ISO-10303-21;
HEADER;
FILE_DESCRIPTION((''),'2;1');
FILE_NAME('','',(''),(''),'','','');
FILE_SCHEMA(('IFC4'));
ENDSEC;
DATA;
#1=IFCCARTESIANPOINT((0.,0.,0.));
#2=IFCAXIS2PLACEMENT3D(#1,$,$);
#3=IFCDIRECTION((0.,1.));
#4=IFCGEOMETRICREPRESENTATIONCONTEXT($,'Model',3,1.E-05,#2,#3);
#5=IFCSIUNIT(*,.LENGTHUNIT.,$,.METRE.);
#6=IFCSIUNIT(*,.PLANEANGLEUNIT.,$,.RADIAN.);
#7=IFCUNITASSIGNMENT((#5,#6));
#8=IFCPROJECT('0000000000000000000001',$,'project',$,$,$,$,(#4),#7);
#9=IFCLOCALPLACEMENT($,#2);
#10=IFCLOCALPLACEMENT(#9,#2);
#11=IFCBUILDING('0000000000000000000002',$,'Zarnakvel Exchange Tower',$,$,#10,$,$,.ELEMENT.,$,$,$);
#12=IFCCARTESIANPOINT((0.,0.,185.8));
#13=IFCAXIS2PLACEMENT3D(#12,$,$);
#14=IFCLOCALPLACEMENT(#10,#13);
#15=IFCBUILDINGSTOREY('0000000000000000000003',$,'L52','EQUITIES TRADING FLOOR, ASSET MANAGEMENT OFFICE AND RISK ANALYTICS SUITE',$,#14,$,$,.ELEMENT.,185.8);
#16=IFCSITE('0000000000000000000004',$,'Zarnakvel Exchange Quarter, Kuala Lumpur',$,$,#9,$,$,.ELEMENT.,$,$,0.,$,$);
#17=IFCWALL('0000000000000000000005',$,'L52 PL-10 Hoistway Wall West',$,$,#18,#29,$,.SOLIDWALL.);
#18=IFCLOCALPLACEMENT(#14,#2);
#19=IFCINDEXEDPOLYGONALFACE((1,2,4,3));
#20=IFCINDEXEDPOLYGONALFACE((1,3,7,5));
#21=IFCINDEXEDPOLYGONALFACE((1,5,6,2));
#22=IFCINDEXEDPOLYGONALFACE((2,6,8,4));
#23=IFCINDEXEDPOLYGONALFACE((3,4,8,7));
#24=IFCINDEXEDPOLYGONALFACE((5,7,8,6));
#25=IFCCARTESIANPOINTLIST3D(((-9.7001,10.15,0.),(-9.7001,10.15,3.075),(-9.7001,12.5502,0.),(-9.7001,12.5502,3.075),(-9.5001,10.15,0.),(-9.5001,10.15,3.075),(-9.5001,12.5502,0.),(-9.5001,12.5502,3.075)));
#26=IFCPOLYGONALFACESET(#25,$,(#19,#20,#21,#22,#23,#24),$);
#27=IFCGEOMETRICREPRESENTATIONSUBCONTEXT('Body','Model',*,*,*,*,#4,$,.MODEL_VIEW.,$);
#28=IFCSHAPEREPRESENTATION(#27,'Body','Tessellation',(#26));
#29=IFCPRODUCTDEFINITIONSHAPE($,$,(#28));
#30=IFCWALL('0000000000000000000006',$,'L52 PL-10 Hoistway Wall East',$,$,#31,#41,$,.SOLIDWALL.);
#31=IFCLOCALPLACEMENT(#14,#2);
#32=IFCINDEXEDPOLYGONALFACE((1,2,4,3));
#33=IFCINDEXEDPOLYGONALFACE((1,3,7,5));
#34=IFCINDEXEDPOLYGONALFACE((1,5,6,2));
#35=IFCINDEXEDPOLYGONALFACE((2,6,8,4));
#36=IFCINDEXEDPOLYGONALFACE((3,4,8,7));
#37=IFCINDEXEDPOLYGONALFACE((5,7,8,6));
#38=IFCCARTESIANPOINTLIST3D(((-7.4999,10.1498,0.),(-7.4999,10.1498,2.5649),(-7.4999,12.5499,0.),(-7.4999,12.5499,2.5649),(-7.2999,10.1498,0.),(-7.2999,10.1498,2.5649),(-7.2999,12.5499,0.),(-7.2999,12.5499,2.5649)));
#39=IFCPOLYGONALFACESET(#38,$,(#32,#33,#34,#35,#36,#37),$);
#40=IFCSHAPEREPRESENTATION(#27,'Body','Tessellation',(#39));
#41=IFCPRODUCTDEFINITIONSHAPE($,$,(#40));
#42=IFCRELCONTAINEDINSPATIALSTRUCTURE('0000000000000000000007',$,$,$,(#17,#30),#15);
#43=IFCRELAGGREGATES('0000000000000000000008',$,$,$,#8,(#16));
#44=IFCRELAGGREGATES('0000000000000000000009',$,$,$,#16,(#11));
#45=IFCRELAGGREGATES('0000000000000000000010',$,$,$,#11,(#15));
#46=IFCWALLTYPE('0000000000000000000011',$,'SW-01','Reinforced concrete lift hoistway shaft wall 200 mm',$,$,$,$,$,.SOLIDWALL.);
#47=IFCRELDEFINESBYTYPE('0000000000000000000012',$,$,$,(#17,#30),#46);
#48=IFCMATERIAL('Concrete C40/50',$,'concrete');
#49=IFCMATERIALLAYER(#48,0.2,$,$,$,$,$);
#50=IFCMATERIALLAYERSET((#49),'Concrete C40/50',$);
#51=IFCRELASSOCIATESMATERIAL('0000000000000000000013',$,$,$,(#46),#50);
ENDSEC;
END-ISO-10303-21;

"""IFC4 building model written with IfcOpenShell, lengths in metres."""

from ifc_helpers import new_model, si_unit, direction, frame, frame_2d, origin, place, context, subcontext, project, spatial, rectangle, extrude, material, layer, layer_set, type_object, element, save


model = new_model("IFC4")

# Units and contexts
model_context = context("Model", 3, precision=1e-05, world=origin(), true_north=direction((0.0, 1.0)))
body_context = subcontext(model_context, "Body", "Model", "MODEL_VIEW")
ifc_project = project(units=[si_unit("LENGTHUNIT", "METRE"), si_unit("PLANEANGLEUNIT", "RADIAN")], contexts=[model_context])

# Site, building, storey
site_placement = place(None, origin())
site = spatial("IfcSite", under=ifc_project, at=site_placement, Name="Zarnakvel Exchange Quarter, Kuala Lumpur", CompositionType="ELEMENT", RefElevation=0.0)
building_placement = place(site_placement, origin())
building = spatial("IfcBuilding", under=site, at=building_placement, Name="Zarnakvel Exchange Tower", CompositionType="ELEMENT")
storey_placement = place(building_placement, frame((0.0, 0.0, 185.8)))
storey = spatial("IfcBuildingStorey", under=building, at=storey_placement, Name="L52", Description="EQUITIES TRADING FLOOR, ASSET MANAGEMENT OFFICE AND RISK ANALYTICS SUITE", CompositionType="ELEMENT", Elevation=185.8)

# Walls
ifc_material_1 = material(Name="Concrete C40/50", Category="concrete")
ifc_layer_1 = layer(ifc_material_1, 0.2)
ifc_layer_set_1 = layer_set([ifc_layer_1], Name="Concrete C40/50")
wall_type_1 = type_object("IfcWallType", Name="SW-01", Description="Reinforced concrete lift hoistway shaft wall 200 mm", PredefinedType="SOLIDWALL", material=ifc_layer_set_1)
wall_1_placement = place(storey_placement, frame((-9.6001, 10.1499, 0.0), z_axis=(0.0, 0.0, 1.0), x_axis=(0.0, 1.0, 0.0)))
element("IfcWall", 1, at=wall_1_placement, inside=storey, type_object=wall_type_1, Name="L52 PL-10 Hoistway Wall West", PredefinedType="SOLIDWALL", context=body_context, shape_type="SweptSolid", body=[
    extrude(rectangle(XDim=2.4001, YDim=0.2, at=frame_2d((1.2002, 0.0))), origin(), (0.0, 0.0, 1.0), 3.075),
])
wall_2_placement = place(storey_placement, frame((-7.3999, 12.55, 0.0), z_axis=(0.0, 0.0, 1.0), x_axis=(0.0, -1.0, 0.0)))
element("IfcWall", 2, at=wall_2_placement, inside=storey, type_object=wall_type_1, Name="L52 PL-10 Hoistway Wall East", PredefinedType="SOLIDWALL", context=body_context, shape_type="SweptSolid", body=[
    extrude(rectangle(XDim=2.4001, YDim=0.2, at=frame_2d((1.2002, 0.0))), origin(), (0.0, 0.0, 1.0), 2.5649),
])

save(model, "model.ifc")
